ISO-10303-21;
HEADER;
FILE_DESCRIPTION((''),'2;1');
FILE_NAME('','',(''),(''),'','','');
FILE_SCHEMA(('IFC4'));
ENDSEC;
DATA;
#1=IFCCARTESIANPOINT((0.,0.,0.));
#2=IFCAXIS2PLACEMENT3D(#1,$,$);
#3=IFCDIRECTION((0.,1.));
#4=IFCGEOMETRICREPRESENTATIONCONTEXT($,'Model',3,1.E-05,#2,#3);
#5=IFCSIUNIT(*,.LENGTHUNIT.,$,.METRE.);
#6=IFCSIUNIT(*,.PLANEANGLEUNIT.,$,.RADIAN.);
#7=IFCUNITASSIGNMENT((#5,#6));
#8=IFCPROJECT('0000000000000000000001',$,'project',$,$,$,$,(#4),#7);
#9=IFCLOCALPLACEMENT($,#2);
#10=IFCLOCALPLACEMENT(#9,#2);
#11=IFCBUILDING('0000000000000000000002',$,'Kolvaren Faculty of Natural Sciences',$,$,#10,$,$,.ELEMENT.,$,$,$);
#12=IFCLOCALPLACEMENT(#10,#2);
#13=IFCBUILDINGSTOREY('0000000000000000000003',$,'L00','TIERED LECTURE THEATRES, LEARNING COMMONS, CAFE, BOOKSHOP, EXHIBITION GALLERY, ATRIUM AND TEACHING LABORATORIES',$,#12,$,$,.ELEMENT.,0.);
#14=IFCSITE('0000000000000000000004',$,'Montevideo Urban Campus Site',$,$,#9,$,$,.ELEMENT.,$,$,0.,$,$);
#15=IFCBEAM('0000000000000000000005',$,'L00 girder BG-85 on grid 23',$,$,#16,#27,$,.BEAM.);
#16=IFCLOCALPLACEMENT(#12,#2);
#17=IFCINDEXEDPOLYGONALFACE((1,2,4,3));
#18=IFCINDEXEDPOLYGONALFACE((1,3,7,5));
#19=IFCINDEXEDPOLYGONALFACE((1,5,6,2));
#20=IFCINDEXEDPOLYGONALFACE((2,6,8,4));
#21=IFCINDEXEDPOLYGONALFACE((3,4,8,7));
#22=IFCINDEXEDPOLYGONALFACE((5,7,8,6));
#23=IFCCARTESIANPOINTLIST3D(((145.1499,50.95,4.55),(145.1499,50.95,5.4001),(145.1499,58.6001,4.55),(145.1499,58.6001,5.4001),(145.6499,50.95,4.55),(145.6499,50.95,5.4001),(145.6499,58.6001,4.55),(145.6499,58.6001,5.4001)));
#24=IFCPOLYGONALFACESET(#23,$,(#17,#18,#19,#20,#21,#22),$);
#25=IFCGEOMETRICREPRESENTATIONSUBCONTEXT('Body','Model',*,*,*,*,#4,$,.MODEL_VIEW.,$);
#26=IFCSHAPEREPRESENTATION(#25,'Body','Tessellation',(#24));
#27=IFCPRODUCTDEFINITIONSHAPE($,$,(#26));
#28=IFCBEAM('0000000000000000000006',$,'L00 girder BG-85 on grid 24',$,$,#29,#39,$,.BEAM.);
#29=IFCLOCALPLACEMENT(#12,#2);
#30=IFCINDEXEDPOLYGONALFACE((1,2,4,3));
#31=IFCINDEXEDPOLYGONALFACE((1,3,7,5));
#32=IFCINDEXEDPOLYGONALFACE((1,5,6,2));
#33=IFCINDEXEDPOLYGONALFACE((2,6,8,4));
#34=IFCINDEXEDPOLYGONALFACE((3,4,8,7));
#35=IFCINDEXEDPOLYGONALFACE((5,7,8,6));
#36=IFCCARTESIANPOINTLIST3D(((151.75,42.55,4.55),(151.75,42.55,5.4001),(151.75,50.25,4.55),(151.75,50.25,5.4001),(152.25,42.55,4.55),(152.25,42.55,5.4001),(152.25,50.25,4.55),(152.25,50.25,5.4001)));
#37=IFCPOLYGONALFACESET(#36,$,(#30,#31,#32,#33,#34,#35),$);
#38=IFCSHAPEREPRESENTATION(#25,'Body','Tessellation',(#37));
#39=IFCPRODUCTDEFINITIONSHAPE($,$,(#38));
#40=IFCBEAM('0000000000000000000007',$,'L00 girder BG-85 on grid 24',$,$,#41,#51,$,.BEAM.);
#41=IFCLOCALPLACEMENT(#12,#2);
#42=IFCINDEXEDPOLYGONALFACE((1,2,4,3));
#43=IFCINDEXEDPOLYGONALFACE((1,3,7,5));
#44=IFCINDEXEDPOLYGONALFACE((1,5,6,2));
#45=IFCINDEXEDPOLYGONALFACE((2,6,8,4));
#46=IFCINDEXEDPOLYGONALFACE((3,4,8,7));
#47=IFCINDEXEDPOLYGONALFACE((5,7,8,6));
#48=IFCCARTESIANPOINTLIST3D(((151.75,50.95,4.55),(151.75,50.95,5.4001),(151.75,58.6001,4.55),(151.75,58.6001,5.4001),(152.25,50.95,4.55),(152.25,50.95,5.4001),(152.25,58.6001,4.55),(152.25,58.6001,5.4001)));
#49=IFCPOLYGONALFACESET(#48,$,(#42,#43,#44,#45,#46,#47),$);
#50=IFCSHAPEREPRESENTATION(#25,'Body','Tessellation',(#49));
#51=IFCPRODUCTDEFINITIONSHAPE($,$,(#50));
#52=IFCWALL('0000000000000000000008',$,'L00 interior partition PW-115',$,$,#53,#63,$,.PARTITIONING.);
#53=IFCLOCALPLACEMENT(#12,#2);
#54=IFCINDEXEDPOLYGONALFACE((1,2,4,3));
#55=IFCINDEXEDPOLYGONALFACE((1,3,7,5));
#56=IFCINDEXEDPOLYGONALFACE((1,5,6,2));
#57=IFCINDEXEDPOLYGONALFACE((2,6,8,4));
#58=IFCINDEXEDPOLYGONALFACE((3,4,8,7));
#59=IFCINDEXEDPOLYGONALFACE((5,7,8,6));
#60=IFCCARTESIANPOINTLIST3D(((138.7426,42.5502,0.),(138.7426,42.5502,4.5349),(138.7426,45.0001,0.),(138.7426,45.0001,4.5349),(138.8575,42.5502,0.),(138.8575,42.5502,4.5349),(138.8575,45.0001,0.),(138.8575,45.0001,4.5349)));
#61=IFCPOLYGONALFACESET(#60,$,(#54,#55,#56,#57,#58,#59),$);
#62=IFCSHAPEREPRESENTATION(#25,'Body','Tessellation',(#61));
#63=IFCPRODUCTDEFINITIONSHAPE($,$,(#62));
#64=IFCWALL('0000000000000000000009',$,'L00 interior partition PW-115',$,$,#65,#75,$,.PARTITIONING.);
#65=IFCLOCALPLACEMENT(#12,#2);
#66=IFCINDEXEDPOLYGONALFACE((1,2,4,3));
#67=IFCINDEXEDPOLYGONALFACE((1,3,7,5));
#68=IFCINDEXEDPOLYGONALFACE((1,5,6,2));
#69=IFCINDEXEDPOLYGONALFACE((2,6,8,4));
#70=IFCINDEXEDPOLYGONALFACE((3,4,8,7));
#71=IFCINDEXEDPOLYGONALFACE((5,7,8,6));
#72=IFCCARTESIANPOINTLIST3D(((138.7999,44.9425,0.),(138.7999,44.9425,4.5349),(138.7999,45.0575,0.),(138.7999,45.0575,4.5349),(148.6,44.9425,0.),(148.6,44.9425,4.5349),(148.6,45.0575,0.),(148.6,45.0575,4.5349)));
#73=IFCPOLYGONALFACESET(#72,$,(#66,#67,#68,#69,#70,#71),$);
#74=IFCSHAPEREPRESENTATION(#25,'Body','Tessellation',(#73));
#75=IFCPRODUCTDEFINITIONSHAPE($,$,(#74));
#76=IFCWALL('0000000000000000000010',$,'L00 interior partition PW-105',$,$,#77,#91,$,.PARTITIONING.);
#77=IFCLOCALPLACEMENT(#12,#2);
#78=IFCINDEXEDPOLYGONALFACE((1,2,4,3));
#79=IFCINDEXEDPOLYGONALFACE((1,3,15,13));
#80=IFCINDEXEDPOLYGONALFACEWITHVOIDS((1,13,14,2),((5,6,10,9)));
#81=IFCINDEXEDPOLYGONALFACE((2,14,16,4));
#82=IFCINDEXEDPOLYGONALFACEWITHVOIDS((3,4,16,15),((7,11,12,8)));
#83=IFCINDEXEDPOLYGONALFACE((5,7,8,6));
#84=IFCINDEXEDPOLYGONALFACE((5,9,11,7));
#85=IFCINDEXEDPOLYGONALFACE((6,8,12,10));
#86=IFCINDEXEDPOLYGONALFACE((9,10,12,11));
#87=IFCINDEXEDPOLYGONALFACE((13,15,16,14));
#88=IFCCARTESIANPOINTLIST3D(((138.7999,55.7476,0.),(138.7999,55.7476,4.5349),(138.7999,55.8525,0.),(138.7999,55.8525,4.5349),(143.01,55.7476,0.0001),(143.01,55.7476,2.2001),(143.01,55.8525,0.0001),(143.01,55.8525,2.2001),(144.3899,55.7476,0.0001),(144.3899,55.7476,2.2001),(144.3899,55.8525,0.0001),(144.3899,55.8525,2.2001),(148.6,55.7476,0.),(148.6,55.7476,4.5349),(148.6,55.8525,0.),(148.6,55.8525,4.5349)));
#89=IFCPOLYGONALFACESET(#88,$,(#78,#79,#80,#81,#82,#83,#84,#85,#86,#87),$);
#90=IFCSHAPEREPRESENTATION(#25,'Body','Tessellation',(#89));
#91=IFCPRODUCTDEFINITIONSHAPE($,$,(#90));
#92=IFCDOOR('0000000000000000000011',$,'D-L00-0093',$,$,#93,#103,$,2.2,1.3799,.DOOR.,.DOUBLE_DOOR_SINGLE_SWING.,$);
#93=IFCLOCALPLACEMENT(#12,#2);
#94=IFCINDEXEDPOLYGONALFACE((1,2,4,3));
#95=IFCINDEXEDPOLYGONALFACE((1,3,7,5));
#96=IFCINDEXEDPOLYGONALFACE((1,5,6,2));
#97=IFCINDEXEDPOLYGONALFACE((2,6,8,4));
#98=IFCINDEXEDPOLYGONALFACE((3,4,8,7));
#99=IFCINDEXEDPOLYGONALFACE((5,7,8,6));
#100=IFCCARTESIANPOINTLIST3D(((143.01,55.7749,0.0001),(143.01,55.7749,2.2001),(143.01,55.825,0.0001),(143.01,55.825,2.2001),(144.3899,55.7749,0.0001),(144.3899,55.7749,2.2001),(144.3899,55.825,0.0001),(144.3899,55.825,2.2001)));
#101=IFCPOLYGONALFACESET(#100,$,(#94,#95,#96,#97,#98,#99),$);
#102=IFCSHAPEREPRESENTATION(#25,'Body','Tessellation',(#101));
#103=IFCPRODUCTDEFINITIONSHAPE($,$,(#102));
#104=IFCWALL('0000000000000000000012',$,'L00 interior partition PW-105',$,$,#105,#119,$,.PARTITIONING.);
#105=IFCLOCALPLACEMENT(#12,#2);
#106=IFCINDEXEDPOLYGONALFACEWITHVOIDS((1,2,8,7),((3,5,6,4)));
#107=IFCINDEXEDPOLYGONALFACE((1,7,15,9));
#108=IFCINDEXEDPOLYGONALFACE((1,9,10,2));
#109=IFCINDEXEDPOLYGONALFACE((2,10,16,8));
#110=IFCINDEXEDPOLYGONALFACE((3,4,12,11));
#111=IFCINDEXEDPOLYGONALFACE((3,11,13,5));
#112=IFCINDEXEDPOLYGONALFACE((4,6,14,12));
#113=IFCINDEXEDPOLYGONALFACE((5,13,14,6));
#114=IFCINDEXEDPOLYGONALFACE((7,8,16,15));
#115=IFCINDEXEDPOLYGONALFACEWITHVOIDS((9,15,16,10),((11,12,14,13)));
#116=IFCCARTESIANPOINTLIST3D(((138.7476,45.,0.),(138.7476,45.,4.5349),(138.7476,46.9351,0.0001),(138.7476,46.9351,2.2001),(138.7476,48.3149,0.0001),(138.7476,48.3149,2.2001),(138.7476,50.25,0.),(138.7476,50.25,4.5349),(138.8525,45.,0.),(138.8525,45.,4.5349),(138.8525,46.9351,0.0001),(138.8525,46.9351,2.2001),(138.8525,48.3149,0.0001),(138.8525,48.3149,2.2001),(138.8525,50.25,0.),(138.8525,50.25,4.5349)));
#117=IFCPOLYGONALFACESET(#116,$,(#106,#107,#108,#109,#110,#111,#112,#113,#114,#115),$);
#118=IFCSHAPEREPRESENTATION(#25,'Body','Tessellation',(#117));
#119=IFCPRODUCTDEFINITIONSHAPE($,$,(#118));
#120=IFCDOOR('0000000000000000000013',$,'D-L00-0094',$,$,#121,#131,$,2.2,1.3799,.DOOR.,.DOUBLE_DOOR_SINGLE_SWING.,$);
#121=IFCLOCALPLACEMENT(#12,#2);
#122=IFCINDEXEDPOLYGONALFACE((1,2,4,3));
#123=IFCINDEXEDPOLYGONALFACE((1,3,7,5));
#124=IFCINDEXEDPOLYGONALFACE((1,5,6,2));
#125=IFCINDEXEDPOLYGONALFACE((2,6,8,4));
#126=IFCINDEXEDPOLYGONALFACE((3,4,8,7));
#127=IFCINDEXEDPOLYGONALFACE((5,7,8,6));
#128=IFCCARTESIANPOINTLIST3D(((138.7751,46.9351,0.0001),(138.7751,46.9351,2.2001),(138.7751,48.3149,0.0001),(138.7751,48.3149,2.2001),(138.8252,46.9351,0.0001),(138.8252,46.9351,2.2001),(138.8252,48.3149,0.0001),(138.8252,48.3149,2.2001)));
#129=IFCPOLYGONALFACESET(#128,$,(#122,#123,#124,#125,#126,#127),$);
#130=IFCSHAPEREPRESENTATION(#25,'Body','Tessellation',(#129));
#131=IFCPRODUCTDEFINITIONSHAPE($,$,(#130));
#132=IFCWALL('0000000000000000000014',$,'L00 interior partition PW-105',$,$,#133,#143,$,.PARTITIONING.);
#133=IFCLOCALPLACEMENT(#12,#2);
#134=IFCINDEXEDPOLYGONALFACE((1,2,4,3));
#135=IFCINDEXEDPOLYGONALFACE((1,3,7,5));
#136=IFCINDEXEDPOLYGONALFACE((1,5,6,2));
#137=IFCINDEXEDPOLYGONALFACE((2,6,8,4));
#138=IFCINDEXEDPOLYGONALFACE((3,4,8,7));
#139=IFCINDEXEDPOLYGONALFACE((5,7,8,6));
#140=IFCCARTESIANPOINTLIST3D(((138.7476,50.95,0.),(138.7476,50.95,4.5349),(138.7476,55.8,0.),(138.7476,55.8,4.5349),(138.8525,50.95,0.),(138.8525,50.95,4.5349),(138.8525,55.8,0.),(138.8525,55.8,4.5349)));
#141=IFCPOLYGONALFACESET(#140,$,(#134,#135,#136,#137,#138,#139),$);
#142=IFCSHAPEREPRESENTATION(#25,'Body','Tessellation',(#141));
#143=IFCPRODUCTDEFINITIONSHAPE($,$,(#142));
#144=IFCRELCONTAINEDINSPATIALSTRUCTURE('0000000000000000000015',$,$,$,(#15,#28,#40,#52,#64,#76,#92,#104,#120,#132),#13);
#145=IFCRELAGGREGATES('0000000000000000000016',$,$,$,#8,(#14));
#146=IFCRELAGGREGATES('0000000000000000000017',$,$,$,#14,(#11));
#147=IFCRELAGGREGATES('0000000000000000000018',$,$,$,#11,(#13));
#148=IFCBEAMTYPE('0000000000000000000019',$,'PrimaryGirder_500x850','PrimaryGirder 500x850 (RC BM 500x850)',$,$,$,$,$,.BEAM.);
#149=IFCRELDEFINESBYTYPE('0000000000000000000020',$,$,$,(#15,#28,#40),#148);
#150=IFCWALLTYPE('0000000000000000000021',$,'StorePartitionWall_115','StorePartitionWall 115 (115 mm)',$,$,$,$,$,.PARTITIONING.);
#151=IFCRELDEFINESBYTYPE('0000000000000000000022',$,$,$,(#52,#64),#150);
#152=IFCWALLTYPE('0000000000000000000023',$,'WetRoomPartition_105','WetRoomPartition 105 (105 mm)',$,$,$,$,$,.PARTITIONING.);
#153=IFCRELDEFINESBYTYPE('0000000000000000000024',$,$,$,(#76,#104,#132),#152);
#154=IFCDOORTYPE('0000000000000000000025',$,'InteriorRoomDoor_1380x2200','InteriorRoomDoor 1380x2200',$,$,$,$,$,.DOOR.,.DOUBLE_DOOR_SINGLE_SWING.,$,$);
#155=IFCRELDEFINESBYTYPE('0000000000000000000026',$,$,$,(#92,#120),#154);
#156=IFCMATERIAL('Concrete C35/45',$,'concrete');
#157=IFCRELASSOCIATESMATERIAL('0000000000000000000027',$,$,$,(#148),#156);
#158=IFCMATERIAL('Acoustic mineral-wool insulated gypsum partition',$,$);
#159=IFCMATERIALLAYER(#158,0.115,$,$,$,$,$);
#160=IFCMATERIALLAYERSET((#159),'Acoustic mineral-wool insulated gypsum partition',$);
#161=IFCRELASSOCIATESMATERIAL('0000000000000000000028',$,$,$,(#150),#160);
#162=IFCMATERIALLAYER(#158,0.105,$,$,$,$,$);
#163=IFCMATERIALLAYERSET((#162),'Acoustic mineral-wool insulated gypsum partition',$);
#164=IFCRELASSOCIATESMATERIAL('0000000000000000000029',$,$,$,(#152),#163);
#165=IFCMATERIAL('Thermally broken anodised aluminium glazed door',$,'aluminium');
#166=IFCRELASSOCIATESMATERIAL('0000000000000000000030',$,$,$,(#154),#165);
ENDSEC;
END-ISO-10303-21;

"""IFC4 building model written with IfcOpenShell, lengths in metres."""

from ifc_helpers import new_model, si_unit, direction, frame, frame_2d, origin, origin_2d, place, context, subcontext, project, spatial, rectangle, extrude, material, layer, layer_set, material_profile, profile_set, type_object, element, fill, save


model = new_model("IFC4")

# Units and contexts
model_context = context("Model", 3, precision=1e-05, world=origin(), true_north=direction((0.0, 1.0)))
body_context = subcontext(model_context, "Body", "Model", "MODEL_VIEW")
ifc_project = project(units=[si_unit("LENGTHUNIT", "METRE"), si_unit("PLANEANGLEUNIT", "RADIAN")], contexts=[model_context])

# Site, building, storey
site_placement = place(None, origin())
site = spatial("IfcSite", under=ifc_project, at=site_placement, Name="Montevideo Urban Campus Site", CompositionType="ELEMENT", RefElevation=0.0)
building_placement = place(site_placement, origin())
building = spatial("IfcBuilding", under=site, at=building_placement, Name="Kolvaren Faculty of Natural Sciences", CompositionType="ELEMENT")
storey_placement = place(building_placement, origin())
storey = spatial("IfcBuildingStorey", under=building, at=storey_placement, Name="L00", Description="TIERED LECTURE THEATRES, LEARNING COMMONS, CAFE, BOOKSHOP, EXHIBITION GALLERY, ATRIUM AND TEACHING LABORATORIES", CompositionType="ELEMENT", Elevation=0.0)

# Beams
ifc_material_1 = material(Name="Concrete C35/45", Category="concrete")
ifc_material_profile_1 = material_profile(ifc_material_1, rectangle(XDim=0.5, YDim=0.8501, at=origin_2d()), Name="RC BM 500x850")
ifc_profile_set_1 = profile_set([ifc_material_profile_1], Name="Concrete C35/45")
beam_type_1 = type_object("IfcBeamType", Name="PrimaryGirder_500x850", Description="PrimaryGirder 500x850 (RC BM 500x850)", PredefinedType="BEAM", material=ifc_profile_set_1)
beam_1_placement = place(storey_placement, frame((145.3999, 50.95, 4.9751), z_axis=(0.0, 1.0, 0.0), x_axis=(-1.0, 0.0, 0.0)))
element("IfcBeam", 1, at=beam_1_placement, inside=storey, type_object=beam_type_1, Name="L00 girder BG-85 on grid 23", PredefinedType="BEAM", context=body_context, shape_type="SweptSolid", body=[
    extrude(rectangle(XDim=0.5, YDim=0.8501, at=origin_2d()), origin(), (0.0, 0.0, 1.0), 7.6501),
])
beam_2_placement = place(storey_placement, frame((152.0, 42.55, 4.9751), z_axis=(0.0, 1.0, 0.0), x_axis=(-1.0, 0.0, 0.0)))
element("IfcBeam", 2, at=beam_2_placement, inside=storey, type_object=beam_type_1, Name="L00 girder BG-85 on grid 24", PredefinedType="BEAM", context=body_context, shape_type="SweptSolid", body=[
    extrude(rectangle(XDim=0.5, YDim=0.8501, at=origin_2d()), origin(), (0.0, 0.0, 1.0), 7.7),
])
beam_3_placement = place(storey_placement, frame((152.0, 50.95, 4.9751), z_axis=(0.0, 1.0, 0.0), x_axis=(-1.0, 0.0, 0.0)))
element("IfcBeam", 3, at=beam_3_placement, inside=storey, type_object=beam_type_1, Name="L00 girder BG-85 on grid 24", PredefinedType="BEAM", context=body_context, shape_type="SweptSolid", body=[
    extrude(rectangle(XDim=0.5, YDim=0.8501, at=origin_2d()), origin(), (0.0, 0.0, 1.0), 7.6501),
])

# Walls
ifc_material_2 = material(Name="Acoustic mineral-wool insulated gypsum partition")
ifc_layer_1 = layer(ifc_material_2, 0.115)
ifc_layer_set_1 = layer_set([ifc_layer_1], Name="Acoustic mineral-wool insulated gypsum partition")
wall_type_1 = type_object("IfcWallType", Name="StorePartitionWall_115", Description="StorePartitionWall 115 (115 mm)", PredefinedType="PARTITIONING", material=ifc_layer_set_1)
wall_1_placement = place(storey_placement, frame((138.8, 42.55, 0.0), z_axis=(0.0, 0.0, 1.0), x_axis=(0.0, 1.0, 0.0)))
element("IfcWall", 4, at=wall_1_placement, inside=storey, type_object=wall_type_1, Name="L00 interior partition PW-115", PredefinedType="PARTITIONING", context=body_context, shape_type="SweptSolid", body=[
    extrude(rectangle(XDim=2.45, YDim=0.115, at=frame_2d((1.2251, 0.0))), origin(), (0.0, 0.0, 1.0), 4.5349),
])
wall_2_placement = place(storey_placement, frame((138.8, 45.0, 0.0), z_axis=(0.0, 0.0, 1.0), x_axis=(1.0, 0.0, 0.0)))
element("IfcWall", 5, at=wall_2_placement, inside=storey, type_object=wall_type_1, Name="L00 interior partition PW-115", PredefinedType="PARTITIONING", context=body_context, shape_type="SweptSolid", body=[
    extrude(rectangle(XDim=9.8, YDim=0.115, at=frame_2d((4.8999, 0.0))), origin(), (0.0, 0.0, 1.0), 4.5349),
])

# Walls, openings, doors
ifc_layer_2 = layer(ifc_material_2, 0.105)
ifc_layer_set_2 = layer_set([ifc_layer_2], Name="Acoustic mineral-wool insulated gypsum partition")
wall_type_2 = type_object("IfcWallType", Name="WetRoomPartition_105", Description="WetRoomPartition 105 (105 mm)", PredefinedType="PARTITIONING", material=ifc_layer_set_2)
wall_3_placement = place(storey_placement, frame((138.8, 55.8, 0.0), z_axis=(0.0, 0.0, 1.0), x_axis=(1.0, 0.0, 0.0)))
wall_3 = element("IfcWall", 6, at=wall_3_placement, inside=storey, type_object=wall_type_2, Name="L00 interior partition PW-105", PredefinedType="PARTITIONING", context=body_context, shape_type="SweptSolid", body=[
    extrude(rectangle(XDim=9.8, YDim=0.105, at=frame_2d((4.8999, 0.0))), origin(), (0.0, 0.0, 1.0), 4.5349),
])
opening_1_placement = place(wall_3_placement, frame((4.21, 0.0, 0.0)))
opening_1 = element("IfcOpeningElement", 7, at=opening_1_placement, cuts=wall_3, PredefinedType="OPENING", context=body_context, shape_type="SweptSolid", body=[
    extrude(rectangle(XDim=1.3799, YDim=2.2, at=frame_2d((0.6899, 1.1001))), frame((0.0, 0.0625, 0.0), z_axis=(0.0, -1.0, 0.0), x_axis=(1.0, 0.0, 0.0)), (0.0, 0.0, 1.0), 0.125),
])
ifc_material_3 = material(Name="Thermally broken anodised aluminium glazed door", Category="aluminium")
door_type = type_object("IfcDoorType", Name="InteriorRoomDoor_1380x2200", Description="InteriorRoomDoor 1380x2200", OperationType="DOUBLE_DOOR_SINGLE_SWING", PredefinedType="DOOR", material=ifc_material_3)
door_1_placement = place(opening_1_placement, origin())
door_1 = element("IfcDoor", 8, at=door_1_placement, inside=storey, type_object=door_type, Name="D-L00-0093", OperationType="DOUBLE_DOOR_SINGLE_SWING", OverallHeight=2.2, OverallWidth=1.3799, PredefinedType="DOOR", context=body_context, shape_type="SweptSolid", body=[
    extrude(rectangle(XDim=1.3799, YDim=2.2, at=frame_2d((0.6899, 1.1001))), frame((0.0, 0.0249, 0.0), z_axis=(0.0, -1.0, 0.0), x_axis=(1.0, 0.0, 0.0)), (0.0, 0.0, 1.0), 0.05),
])
fill(opening_1, door_1)
wall_4_placement = place(storey_placement, frame((138.8, 45.0, 0.0), z_axis=(0.0, 0.0, 1.0), x_axis=(0.0, 1.0, 0.0)))
wall_4 = element("IfcWall", 9, at=wall_4_placement, inside=storey, type_object=wall_type_2, Name="L00 interior partition PW-105", PredefinedType="PARTITIONING", context=body_context, shape_type="SweptSolid", body=[
    extrude(rectangle(XDim=5.25, YDim=0.105, at=frame_2d((2.625, 0.0))), origin(), (0.0, 0.0, 1.0), 4.5349),
])
opening_2_placement = place(wall_4_placement, frame((1.9351, 0.0, 0.0)))
opening_2 = element("IfcOpeningElement", 10, at=opening_2_placement, cuts=wall_4, PredefinedType="OPENING", context=body_context, shape_type="SweptSolid", body=[
    extrude(rectangle(XDim=1.3799, YDim=2.2, at=frame_2d((0.6899, 1.1001))), frame((0.0, 0.0625, 0.0), z_axis=(0.0, -1.0, 0.0), x_axis=(1.0, 0.0, 0.0)), (0.0, 0.0, 1.0), 0.125),
])
door_2_placement = place(opening_2_placement, origin())
door_2 = element("IfcDoor", 11, at=door_2_placement, inside=storey, type_object=door_type, Name="D-L00-0094", OperationType="DOUBLE_DOOR_SINGLE_SWING", OverallHeight=2.2, OverallWidth=1.3799, PredefinedType="DOOR", context=body_context, shape_type="SweptSolid", body=[
    extrude(rectangle(XDim=1.3799, YDim=2.2, at=frame_2d((0.6899, 1.1001))), frame((0.0, 0.0249, 0.0), z_axis=(0.0, -1.0, 0.0), x_axis=(1.0, 0.0, 0.0)), (0.0, 0.0, 1.0), 0.05),
])
fill(opening_2, door_2)

# Wall
wall_5_placement = place(storey_placement, frame((138.8, 50.95, 0.0), z_axis=(0.0, 0.0, 1.0), x_axis=(0.0, 1.0, 0.0)))
element("IfcWall", 12, at=wall_5_placement, inside=storey, type_object=wall_type_2, Name="L00 interior partition PW-105", PredefinedType="PARTITIONING", context=body_context, shape_type="SweptSolid", body=[
    extrude(rectangle(XDim=4.8501, YDim=0.105, at=frame_2d((2.425, 0.0))), origin(), (0.0, 0.0, 1.0), 4.5349),
])

save(model, "model.ifc")
